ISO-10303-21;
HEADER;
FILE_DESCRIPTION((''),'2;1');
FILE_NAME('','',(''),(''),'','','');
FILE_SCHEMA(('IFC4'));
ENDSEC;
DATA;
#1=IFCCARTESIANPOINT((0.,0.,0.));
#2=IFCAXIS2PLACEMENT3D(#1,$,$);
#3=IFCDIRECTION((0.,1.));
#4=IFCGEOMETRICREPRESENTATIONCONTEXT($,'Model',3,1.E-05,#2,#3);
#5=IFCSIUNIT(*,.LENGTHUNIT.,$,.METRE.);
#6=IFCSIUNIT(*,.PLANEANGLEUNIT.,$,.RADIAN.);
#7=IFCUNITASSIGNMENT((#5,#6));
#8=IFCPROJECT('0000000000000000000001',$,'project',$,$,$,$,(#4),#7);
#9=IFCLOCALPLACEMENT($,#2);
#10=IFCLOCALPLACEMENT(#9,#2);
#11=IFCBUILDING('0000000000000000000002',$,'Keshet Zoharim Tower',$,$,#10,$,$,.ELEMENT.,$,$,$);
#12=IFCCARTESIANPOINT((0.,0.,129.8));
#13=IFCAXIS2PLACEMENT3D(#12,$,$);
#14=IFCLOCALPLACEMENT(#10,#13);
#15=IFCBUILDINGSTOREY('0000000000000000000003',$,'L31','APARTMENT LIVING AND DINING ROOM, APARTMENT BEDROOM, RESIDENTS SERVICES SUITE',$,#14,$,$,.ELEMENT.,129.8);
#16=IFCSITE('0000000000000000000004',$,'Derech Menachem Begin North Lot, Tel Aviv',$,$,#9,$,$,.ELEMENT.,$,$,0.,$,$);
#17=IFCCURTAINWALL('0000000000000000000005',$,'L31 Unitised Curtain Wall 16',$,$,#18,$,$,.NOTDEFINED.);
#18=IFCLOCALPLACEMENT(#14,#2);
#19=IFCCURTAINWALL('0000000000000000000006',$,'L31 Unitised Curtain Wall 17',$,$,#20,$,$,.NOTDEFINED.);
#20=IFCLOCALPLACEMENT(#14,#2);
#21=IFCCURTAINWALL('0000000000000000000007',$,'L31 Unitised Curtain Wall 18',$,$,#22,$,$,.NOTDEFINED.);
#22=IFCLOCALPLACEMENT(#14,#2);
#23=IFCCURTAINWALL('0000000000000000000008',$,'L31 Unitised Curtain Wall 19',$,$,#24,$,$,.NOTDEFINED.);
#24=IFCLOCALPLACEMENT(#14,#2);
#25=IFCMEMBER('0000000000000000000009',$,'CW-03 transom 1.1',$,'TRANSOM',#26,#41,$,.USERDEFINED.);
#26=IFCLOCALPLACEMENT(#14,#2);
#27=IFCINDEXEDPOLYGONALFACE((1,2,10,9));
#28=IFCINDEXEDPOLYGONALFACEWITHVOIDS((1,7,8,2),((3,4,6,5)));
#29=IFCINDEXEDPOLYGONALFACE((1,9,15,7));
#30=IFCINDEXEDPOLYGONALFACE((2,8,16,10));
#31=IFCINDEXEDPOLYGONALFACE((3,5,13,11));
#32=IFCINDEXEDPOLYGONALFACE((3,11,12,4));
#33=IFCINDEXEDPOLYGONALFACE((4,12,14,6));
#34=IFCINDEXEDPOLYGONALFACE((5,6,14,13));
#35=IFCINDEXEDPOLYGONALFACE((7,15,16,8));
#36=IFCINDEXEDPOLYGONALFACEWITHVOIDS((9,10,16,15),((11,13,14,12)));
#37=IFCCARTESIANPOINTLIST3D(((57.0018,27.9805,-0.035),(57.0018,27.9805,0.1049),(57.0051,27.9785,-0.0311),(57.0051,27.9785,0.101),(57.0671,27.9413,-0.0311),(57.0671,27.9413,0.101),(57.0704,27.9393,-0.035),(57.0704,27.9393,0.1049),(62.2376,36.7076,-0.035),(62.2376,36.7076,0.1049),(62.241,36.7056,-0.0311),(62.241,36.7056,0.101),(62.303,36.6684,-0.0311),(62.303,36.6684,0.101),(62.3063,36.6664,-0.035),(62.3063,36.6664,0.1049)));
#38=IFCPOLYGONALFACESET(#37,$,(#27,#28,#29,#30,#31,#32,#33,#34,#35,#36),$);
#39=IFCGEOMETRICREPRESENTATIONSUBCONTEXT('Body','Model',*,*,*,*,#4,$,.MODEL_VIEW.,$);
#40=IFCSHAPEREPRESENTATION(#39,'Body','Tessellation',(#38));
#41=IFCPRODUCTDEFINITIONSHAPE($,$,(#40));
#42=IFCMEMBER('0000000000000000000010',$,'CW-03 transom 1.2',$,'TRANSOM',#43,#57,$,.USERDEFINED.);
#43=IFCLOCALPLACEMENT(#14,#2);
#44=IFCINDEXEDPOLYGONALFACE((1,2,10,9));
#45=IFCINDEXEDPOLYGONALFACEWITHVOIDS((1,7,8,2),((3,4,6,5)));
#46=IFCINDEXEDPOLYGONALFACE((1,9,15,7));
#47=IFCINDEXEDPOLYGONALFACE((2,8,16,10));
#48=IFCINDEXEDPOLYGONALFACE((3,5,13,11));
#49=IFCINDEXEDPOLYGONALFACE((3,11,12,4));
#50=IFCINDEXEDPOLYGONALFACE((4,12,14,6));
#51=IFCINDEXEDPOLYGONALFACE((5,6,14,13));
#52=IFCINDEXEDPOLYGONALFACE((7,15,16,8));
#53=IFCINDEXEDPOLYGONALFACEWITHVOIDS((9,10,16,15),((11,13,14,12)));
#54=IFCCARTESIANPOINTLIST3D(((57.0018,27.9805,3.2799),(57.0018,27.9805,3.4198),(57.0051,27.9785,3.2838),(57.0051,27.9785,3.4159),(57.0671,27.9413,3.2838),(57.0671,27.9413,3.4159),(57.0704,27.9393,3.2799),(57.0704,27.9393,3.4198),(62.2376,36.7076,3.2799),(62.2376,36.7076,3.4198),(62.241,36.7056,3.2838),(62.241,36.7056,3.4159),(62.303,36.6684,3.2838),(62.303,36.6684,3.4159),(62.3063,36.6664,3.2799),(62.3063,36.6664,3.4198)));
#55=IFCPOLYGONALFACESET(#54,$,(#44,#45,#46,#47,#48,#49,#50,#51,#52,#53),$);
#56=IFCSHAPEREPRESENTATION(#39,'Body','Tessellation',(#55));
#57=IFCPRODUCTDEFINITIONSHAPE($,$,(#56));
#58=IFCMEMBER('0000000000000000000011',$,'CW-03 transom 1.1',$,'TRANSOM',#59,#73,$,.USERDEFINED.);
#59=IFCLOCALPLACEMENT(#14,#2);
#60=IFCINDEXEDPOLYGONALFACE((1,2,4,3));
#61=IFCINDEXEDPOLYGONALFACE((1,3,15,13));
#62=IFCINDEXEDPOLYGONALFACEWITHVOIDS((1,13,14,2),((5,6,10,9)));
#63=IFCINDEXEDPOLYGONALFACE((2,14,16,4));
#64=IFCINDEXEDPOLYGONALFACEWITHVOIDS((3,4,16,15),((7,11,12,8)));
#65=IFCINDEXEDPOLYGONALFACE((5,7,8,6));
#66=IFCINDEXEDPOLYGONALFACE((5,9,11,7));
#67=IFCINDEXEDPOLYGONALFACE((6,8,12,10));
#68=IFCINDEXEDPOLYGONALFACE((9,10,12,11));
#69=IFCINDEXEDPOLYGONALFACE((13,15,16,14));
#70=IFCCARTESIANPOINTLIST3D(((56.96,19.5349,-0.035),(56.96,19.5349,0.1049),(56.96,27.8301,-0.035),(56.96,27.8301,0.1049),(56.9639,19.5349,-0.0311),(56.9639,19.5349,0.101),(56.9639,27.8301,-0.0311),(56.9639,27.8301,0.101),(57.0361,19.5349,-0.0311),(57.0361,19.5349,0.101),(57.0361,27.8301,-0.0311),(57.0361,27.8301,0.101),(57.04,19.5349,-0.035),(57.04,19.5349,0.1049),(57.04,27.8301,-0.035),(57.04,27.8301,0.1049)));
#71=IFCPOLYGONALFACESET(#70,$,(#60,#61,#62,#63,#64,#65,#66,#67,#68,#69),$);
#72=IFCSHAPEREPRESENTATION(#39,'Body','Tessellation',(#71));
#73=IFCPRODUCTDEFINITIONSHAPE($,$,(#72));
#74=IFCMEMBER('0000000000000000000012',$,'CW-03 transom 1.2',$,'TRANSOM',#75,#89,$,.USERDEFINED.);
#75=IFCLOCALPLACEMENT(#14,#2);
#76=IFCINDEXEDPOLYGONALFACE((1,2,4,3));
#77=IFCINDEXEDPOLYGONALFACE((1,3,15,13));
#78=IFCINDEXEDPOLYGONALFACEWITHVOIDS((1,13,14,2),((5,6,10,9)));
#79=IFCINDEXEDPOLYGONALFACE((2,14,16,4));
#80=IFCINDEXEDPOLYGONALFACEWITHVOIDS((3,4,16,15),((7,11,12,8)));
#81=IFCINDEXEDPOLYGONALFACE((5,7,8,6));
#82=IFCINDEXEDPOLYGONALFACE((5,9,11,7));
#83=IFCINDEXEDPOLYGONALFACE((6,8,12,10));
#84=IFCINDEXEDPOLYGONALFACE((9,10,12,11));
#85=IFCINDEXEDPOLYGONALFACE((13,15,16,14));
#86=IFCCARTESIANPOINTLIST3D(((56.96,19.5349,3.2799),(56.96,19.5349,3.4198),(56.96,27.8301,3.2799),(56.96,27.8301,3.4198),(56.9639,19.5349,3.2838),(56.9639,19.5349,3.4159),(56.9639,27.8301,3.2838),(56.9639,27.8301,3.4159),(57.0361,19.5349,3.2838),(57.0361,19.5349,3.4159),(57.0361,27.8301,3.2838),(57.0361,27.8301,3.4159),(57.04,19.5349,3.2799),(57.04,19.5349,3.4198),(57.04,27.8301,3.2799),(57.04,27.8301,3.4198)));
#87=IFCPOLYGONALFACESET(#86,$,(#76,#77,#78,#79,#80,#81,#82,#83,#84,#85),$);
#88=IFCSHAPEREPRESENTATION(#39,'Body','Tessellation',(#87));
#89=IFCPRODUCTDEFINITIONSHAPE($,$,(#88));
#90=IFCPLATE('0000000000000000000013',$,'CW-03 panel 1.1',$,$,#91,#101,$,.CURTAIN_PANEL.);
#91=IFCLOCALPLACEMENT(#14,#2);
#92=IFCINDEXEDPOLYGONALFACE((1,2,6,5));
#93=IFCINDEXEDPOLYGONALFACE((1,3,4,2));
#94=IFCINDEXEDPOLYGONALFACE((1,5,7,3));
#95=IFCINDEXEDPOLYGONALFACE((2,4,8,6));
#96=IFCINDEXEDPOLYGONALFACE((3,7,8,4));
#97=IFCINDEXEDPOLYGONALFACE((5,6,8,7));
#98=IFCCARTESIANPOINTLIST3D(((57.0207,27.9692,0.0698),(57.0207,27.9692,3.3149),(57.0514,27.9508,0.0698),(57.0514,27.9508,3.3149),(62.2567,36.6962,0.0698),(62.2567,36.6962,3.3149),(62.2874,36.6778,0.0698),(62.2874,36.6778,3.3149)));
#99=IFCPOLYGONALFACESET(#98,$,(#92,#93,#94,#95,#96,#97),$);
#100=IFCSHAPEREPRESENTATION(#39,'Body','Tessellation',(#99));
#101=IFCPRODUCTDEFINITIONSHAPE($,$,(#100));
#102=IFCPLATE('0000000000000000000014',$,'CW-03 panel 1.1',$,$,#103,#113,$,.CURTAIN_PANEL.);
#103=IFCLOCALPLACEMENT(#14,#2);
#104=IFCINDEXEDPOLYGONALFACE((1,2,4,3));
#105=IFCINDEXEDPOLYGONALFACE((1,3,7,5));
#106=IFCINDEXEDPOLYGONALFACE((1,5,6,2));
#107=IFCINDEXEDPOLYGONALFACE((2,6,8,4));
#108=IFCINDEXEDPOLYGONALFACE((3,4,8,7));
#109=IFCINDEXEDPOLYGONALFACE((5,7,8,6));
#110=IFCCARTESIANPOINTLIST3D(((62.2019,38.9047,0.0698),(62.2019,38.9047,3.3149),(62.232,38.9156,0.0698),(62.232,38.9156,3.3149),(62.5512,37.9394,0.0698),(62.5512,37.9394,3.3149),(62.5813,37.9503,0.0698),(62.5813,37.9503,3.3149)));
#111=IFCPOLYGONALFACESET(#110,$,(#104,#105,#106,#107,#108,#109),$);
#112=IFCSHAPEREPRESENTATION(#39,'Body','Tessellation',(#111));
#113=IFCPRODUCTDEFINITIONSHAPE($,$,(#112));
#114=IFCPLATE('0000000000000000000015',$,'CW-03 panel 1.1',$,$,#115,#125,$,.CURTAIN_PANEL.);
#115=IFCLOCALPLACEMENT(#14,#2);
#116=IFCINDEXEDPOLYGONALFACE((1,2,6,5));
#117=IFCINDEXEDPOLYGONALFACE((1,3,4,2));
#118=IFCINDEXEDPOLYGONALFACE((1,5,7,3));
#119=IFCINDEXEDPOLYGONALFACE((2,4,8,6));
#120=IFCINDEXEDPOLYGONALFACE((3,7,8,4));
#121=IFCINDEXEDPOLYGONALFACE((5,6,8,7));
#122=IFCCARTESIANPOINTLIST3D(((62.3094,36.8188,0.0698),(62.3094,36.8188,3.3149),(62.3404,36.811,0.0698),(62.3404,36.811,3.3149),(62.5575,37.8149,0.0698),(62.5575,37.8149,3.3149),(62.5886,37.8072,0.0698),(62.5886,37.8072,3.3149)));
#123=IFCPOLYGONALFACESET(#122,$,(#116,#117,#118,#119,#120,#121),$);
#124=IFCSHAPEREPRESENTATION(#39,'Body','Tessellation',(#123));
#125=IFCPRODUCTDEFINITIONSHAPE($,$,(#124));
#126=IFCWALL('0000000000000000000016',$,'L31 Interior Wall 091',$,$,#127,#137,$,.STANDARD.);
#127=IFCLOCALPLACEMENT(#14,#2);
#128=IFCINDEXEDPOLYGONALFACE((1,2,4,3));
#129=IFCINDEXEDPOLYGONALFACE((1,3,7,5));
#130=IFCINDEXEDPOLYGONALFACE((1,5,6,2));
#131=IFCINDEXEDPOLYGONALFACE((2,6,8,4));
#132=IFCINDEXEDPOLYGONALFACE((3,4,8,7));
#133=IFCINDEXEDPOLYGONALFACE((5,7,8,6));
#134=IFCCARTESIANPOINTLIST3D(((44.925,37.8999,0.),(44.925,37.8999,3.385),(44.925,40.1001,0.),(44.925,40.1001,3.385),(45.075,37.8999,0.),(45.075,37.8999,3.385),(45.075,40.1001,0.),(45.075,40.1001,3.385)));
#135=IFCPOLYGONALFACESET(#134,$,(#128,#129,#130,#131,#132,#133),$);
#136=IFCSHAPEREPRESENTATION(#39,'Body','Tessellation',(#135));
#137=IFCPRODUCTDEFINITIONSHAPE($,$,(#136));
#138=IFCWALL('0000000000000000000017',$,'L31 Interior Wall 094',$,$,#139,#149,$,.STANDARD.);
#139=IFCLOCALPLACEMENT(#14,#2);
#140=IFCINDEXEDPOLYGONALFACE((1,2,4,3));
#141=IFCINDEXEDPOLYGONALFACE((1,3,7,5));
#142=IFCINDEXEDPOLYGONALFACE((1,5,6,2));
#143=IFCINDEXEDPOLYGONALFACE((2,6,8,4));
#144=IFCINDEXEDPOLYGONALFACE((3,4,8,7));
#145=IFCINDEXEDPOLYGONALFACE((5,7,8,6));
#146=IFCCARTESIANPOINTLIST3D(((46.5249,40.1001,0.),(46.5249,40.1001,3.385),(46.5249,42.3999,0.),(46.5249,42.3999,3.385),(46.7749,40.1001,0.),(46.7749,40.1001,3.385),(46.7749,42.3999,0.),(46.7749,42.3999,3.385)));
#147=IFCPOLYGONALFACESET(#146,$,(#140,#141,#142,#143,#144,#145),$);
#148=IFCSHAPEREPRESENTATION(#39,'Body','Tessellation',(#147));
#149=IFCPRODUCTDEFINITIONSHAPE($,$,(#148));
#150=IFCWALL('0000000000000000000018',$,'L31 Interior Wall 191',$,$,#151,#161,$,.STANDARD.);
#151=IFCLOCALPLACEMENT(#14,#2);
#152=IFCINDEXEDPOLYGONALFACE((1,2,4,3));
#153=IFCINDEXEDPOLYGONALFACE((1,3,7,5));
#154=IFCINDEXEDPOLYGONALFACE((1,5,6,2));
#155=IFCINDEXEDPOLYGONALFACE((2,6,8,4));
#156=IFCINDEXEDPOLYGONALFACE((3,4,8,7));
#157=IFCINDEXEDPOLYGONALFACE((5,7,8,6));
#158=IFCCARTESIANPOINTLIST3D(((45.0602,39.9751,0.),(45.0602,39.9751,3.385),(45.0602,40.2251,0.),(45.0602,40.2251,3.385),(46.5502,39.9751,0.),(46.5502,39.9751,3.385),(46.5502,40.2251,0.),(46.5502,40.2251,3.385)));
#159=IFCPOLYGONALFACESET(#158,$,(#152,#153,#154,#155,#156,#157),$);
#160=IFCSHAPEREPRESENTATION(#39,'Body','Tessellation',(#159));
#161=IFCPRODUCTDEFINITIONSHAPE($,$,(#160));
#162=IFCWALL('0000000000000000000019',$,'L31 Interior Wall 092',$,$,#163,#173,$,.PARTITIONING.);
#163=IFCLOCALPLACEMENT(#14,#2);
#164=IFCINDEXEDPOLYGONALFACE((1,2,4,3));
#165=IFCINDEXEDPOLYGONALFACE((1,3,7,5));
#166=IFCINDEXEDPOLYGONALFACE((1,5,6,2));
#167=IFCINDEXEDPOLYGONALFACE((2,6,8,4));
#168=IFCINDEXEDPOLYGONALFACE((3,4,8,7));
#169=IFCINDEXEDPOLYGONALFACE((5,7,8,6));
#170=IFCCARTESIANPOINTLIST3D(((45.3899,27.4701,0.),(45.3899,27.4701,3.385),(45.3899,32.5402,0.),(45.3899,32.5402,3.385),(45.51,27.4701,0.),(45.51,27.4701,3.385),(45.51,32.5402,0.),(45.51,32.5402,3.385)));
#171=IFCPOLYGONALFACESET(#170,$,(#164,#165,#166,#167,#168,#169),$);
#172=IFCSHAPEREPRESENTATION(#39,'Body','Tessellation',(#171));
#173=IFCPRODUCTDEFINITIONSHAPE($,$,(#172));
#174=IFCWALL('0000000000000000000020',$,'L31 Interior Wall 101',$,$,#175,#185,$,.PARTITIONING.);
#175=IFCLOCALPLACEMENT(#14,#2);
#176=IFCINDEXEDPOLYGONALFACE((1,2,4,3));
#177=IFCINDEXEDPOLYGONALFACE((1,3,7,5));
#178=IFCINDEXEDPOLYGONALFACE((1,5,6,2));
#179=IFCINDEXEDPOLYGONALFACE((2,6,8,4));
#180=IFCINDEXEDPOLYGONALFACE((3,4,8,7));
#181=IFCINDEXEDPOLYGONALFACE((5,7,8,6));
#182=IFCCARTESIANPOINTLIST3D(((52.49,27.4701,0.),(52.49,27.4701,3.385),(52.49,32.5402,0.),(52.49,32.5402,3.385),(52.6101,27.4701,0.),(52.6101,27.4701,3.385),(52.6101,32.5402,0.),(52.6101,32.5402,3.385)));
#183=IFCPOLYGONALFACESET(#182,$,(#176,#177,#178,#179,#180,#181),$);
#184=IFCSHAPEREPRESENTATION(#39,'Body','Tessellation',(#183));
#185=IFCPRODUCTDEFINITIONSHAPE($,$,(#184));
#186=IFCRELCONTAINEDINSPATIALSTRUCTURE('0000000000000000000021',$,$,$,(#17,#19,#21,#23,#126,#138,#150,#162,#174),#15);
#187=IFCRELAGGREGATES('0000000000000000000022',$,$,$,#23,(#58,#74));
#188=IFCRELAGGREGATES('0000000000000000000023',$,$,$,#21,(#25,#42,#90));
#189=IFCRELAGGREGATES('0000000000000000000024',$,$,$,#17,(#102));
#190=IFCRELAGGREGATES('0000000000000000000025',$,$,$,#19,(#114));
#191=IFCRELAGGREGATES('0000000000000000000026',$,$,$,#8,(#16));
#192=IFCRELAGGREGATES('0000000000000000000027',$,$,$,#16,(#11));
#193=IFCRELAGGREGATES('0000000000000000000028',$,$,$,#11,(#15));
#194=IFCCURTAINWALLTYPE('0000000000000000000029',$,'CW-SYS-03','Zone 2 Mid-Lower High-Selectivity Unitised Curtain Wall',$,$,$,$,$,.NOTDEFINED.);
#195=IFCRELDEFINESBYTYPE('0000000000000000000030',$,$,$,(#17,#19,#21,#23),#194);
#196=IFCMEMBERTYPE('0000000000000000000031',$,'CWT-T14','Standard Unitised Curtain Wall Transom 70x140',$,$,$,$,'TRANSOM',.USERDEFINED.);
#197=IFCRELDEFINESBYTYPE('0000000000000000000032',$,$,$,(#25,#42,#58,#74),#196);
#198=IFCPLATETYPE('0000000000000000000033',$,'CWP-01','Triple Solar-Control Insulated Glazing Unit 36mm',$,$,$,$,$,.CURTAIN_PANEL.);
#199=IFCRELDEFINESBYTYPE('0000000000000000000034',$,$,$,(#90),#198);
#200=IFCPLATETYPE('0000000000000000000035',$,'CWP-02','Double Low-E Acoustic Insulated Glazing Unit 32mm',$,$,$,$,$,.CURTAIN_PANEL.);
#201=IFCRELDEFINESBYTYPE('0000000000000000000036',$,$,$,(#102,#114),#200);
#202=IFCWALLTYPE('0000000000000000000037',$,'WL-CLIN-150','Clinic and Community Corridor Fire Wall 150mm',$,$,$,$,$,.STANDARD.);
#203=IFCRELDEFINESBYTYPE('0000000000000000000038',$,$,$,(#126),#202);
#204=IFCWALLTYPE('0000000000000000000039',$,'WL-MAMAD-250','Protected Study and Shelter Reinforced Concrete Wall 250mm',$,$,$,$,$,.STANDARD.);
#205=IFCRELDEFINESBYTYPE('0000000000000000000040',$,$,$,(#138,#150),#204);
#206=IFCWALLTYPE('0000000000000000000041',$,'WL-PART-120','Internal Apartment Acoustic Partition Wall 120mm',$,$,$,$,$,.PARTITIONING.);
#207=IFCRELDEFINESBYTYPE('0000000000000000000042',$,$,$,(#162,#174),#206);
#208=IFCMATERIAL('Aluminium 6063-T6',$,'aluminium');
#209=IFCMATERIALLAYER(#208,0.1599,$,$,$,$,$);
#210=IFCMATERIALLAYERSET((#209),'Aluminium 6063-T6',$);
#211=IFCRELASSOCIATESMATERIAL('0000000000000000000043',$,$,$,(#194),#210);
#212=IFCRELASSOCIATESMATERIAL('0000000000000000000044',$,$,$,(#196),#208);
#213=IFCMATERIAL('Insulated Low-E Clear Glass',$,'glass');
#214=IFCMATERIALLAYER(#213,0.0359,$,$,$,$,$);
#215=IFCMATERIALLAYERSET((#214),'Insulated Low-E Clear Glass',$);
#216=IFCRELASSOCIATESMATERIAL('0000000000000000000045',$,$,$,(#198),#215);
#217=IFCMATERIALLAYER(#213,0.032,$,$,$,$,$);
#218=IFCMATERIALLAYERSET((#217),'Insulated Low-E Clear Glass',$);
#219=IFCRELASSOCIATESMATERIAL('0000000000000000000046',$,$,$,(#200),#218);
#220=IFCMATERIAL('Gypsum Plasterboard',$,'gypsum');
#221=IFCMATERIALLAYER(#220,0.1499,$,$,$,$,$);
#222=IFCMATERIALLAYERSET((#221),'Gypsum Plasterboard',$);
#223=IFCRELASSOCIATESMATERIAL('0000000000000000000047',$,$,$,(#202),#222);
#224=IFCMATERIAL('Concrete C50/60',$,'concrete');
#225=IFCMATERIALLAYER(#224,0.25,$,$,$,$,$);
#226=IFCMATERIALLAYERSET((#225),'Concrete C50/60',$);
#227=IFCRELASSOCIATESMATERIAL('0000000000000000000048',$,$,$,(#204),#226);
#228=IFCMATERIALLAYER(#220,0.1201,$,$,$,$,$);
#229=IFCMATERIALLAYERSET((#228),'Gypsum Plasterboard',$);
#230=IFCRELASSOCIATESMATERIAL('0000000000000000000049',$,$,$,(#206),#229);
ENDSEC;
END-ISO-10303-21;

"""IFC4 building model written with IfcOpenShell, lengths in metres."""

from ifc_helpers import new_model, si_unit, direction, frame, frame_2d, origin, origin_2d, place, context, subcontext, project, spatial, rectangle, hollow_rectangle, extrude, material, layer, layer_set, material_profile, profile_set, type_object, element, aggregate, save


model = new_model("IFC4")

# Units and contexts
model_context = context("Model", 3, precision=1e-05, world=origin(), true_north=direction((0.0, 1.0)))
body_context = subcontext(model_context, "Body", "Model", "MODEL_VIEW")
ifc_project = project(units=[si_unit("LENGTHUNIT", "METRE"), si_unit("PLANEANGLEUNIT", "RADIAN")], contexts=[model_context])

# Site, building, storey
site_placement = place(None, origin())
site = spatial("IfcSite", under=ifc_project, at=site_placement, Name="Derech Menachem Begin North Lot, Tel Aviv", CompositionType="ELEMENT", RefElevation=0.0)
building_placement = place(site_placement, origin())
building = spatial("IfcBuilding", under=site, at=building_placement, Name="Keshet Zoharim Tower", CompositionType="ELEMENT")
storey_placement = place(building_placement, frame((0.0, 0.0, 129.8)))
storey = spatial("IfcBuildingStorey", under=building, at=storey_placement, Name="L31", Description="APARTMENT LIVING AND DINING ROOM, APARTMENT BEDROOM, RESIDENTS SERVICES SUITE", CompositionType="ELEMENT", Elevation=129.8)

# Shared definitions
ifc_material_1 = material(Name="Aluminium 6063-T6", Category="aluminium")
ifc_layer_1 = layer(ifc_material_1, 0.1599)
ifc_layer_set_1 = layer_set([ifc_layer_1], Name="Aluminium 6063-T6")
curtain_wall_type = type_object("IfcCurtainWallType", Name="CW-SYS-03", Description="Zone 2 Mid-Lower High-Selectivity Unitised Curtain Wall", PredefinedType="NOTDEFINED", material=ifc_layer_set_1)

# Curtain walls
curtain_wall_1_placement = place(storey_placement, origin())
curtain_wall_1 = element("IfcCurtainWall", 1, at=curtain_wall_1_placement, inside=storey, type_object=curtain_wall_type, Name="L31 Unitised Curtain Wall 16", PredefinedType="NOTDEFINED")
curtain_wall_2_placement = place(storey_placement, origin())
curtain_wall_2 = element("IfcCurtainWall", 2, at=curtain_wall_2_placement, inside=storey, type_object=curtain_wall_type, Name="L31 Unitised Curtain Wall 17", PredefinedType="NOTDEFINED")
curtain_wall_3_placement = place(storey_placement, origin())
curtain_wall_3 = element("IfcCurtainWall", 3, at=curtain_wall_3_placement, inside=storey, type_object=curtain_wall_type, Name="L31 Unitised Curtain Wall 18", PredefinedType="NOTDEFINED")

# Curtain wall
curtain_wall_4_placement = place(storey_placement, origin())
curtain_wall_4 = element("IfcCurtainWall", 4, at=curtain_wall_4_placement, inside=storey, type_object=curtain_wall_type, Name="L31 Unitised Curtain Wall 19", PredefinedType="NOTDEFINED")

# Members
ifc_material_profile_1 = material_profile(ifc_material_1, hollow_rectangle(XDim=0.0801, YDim=0.1399, WallThickness=0.0039, at=origin_2d()), Name="TRN-80x140")
ifc_profile_set_1 = profile_set([ifc_material_profile_1], Name="Aluminium 6063-T6")
member_type_1 = type_object("IfcMemberType", Name="CWT-T14", Description="Standard Unitised Curtain Wall Transom 70x140", ElementType="TRANSOM", PredefinedType="USERDEFINED", material=ifc_profile_set_1)
member_1_placement = place(storey_placement, frame((62.272, 36.687, 0.0349), z_axis=(-0.514468, -0.85751, 0.0), x_axis=(0.85751, -0.514468, 0.0)))
member_1 = element("IfcMember", 5, at=member_1_placement, type_object=member_type_1, Name="CW-03 transom 1.1", ObjectType="TRANSOM", PredefinedType="USERDEFINED", context=body_context, shape_type="SweptSolid", body=[
    extrude(hollow_rectangle(XDim=0.0801, YDim=0.1399, WallThickness=0.0039, at=origin_2d()), origin(), (0.0, 0.0, 1.0), 10.1772),
])
member_2_placement = place(storey_placement, frame((62.272, 36.687, 3.3499), z_axis=(-0.514468, -0.85751, 0.0), x_axis=(0.85751, -0.514468, 0.0)))
member_2 = element("IfcMember", 6, at=member_2_placement, type_object=member_type_1, Name="CW-03 transom 1.2", ObjectType="TRANSOM", PredefinedType="USERDEFINED", context=body_context, shape_type="SweptSolid", body=[
    extrude(hollow_rectangle(XDim=0.0801, YDim=0.1399, WallThickness=0.0039, at=origin_2d()), origin(), (0.0, 0.0, 1.0), 10.1772),
])
member_3_placement = place(storey_placement, frame((57.0, 27.8301, 0.0349), z_axis=(0.0, -1.0, 0.0), x_axis=(1.0, 0.0, 0.0)))
member_3 = element("IfcMember", 7, at=member_3_placement, type_object=member_type_1, Name="CW-03 transom 1.1", ObjectType="TRANSOM", PredefinedType="USERDEFINED", context=body_context, shape_type="SweptSolid", body=[
    extrude(hollow_rectangle(XDim=0.0801, YDim=0.1399, WallThickness=0.0039, at=origin_2d()), origin(), (0.0, 0.0, 1.0), 8.2952),
])
member_4_placement = place(storey_placement, frame((57.0, 27.8301, 3.3499), z_axis=(0.0, -1.0, 0.0), x_axis=(1.0, 0.0, 0.0)))
member_4 = element("IfcMember", 8, at=member_4_placement, type_object=member_type_1, Name="CW-03 transom 1.2", ObjectType="TRANSOM", PredefinedType="USERDEFINED", context=body_context, shape_type="SweptSolid", body=[
    extrude(hollow_rectangle(XDim=0.0801, YDim=0.1399, WallThickness=0.0039, at=origin_2d()), origin(), (0.0, 0.0, 1.0), 8.2952),
])
aggregate(curtain_wall_4, [member_3, member_4])

# Plates
ifc_material_2 = material(Name="Insulated Low-E Clear Glass", Category="glass")
ifc_layer_2 = layer(ifc_material_2, 0.0359)
ifc_layer_set_2 = layer_set([ifc_layer_2], Name="Insulated Low-E Clear Glass")
plate_type_1 = type_object("IfcPlateType", Name="CWP-01", Description="Triple Solar-Control Insulated Glazing Unit 36mm", PredefinedType="CURTAIN_PANEL", material=ifc_layer_set_2)
plate_1_placement = place(storey_placement, frame((59.6541, 32.3235, 0.0698), z_axis=(0.0, 0.0, 1.0), x_axis=(-0.514482, -0.857501, 0.0)))
plate_1 = element("IfcPlate", 9, at=plate_1_placement, type_object=plate_type_1, Name="CW-03 panel 1.1", PredefinedType="CURTAIN_PANEL", context=body_context, shape_type="SweptSolid", body=[
    extrude(rectangle(XDim=10.1772, YDim=0.0359, at=origin_2d()), origin(), (0.0, 0.0, 1.0), 3.2451),
])
aggregate(curtain_wall_3, [member_1, member_2, plate_1])
ifc_layer_3 = layer(ifc_material_2, 0.032)
ifc_layer_set_3 = layer_set([ifc_layer_3], Name="Insulated Low-E Clear Glass")
plate_type_2 = type_object("IfcPlateType", Name="CWP-02", Description="Double Low-E Acoustic Insulated Glazing Unit 32mm", PredefinedType="CURTAIN_PANEL", material=ifc_layer_set_3)
plate_2_placement = place(storey_placement, frame((62.3916, 38.4275, 0.0698), z_axis=(0.0, 0.0, 1.0), x_axis=(0.340297, -0.940318, 0.0)))
plate_2 = element("IfcPlate", 10, at=plate_2_placement, type_object=plate_type_2, Name="CW-03 panel 1.1", PredefinedType="CURTAIN_PANEL", context=body_context, shape_type="SweptSolid", body=[
    extrude(rectangle(XDim=1.0266, YDim=0.032, at=origin_2d()), origin(), (0.0, 0.0, 1.0), 3.2451),
])
aggregate(curtain_wall_1, [plate_2])
plate_3_placement = place(storey_placement, frame((62.449, 37.313, 0.0698), z_axis=(0.0, 0.0, 1.0), x_axis=(-0.241729, -0.970344, 0.0)))
plate_3 = element("IfcPlate", 11, at=plate_3_placement, type_object=plate_type_2, Name="CW-03 panel 1.1", PredefinedType="CURTAIN_PANEL", context=body_context, shape_type="SweptSolid", body=[
    extrude(rectangle(XDim=1.0266, YDim=0.032, at=origin_2d()), origin(), (0.0, 0.0, 1.0), 3.2451),
])
aggregate(curtain_wall_2, [plate_3])

# Walls
ifc_material_3 = material(Name="Gypsum Plasterboard", Category="gypsum")
ifc_layer_4 = layer(ifc_material_3, 0.1499)
ifc_layer_set_4 = layer_set([ifc_layer_4], Name="Gypsum Plasterboard")
wall_type_1 = type_object("IfcWallType", Name="WL-CLIN-150", Description="Clinic and Community Corridor Fire Wall 150mm", PredefinedType="STANDARD", material=ifc_layer_set_4)
wall_1_placement = place(storey_placement, frame((45.0, 37.8999, 0.0), z_axis=(0.0, 0.0, 1.0), x_axis=(0.0, 1.0, 0.0)))
element("IfcWall", 12, at=wall_1_placement, inside=storey, type_object=wall_type_1, Name="L31 Interior Wall 091", PredefinedType="STANDARD", context=body_context, shape_type="SweptSolid", body=[
    extrude(rectangle(XDim=2.2002, YDim=0.1499, at=frame_2d((1.1001, 0.0))), origin(), (0.0, 0.0, 1.0), 3.385),
])
ifc_material_4 = material(Name="Concrete C50/60", Category="concrete")
ifc_layer_5 = layer(ifc_material_4, 0.25)
ifc_layer_set_5 = layer_set([ifc_layer_5], Name="Concrete C50/60")
wall_type_2 = type_object("IfcWallType", Name="WL-MAMAD-250", Description="Protected Study and Shelter Reinforced Concrete Wall 250mm", PredefinedType="STANDARD", material=ifc_layer_set_5)
wall_2_placement = place(storey_placement, frame((46.6499, 40.1001, 0.0), z_axis=(0.0, 0.0, 1.0), x_axis=(0.0, 1.0, 0.0)))
element("IfcWall", 13, at=wall_2_placement, inside=storey, type_object=wall_type_2, Name="L31 Interior Wall 094", PredefinedType="STANDARD", context=body_context, shape_type="SweptSolid", body=[
    extrude(rectangle(XDim=2.2998, YDim=0.25, at=frame_2d((1.1499, 0.0))), origin(), (0.0, 0.0, 1.0), 3.385),
])
wall_3_placement = place(storey_placement, frame((45.0601, 40.1001, 0.0), z_axis=(0.0, 0.0, 1.0), x_axis=(1.0, 0.0, 0.0)))
element("IfcWall", 14, at=wall_3_placement, inside=storey, type_object=wall_type_2, Name="L31 Interior Wall 191", PredefinedType="STANDARD", context=body_context, shape_type="SweptSolid", body=[
    extrude(rectangle(XDim=1.49, YDim=0.25, at=frame_2d((0.7451, 0.0))), origin(), (0.0, 0.0, 1.0), 3.385),
])
ifc_layer_6 = layer(ifc_material_3, 0.1201)
ifc_layer_set_6 = layer_set([ifc_layer_6], Name="Gypsum Plasterboard")
wall_type_3 = type_object("IfcWallType", Name="WL-PART-120", Description="Internal Apartment Acoustic Partition Wall 120mm", PredefinedType="PARTITIONING", material=ifc_layer_set_6)
for number, where, z_axis, x_axis, name in (
    (15, (45.45, 27.47, 0.0), (0.0, 0.0, 1.0), (0.0, 1.0, 0.0), "L31 Interior Wall 092"),
    (16, (52.55, 27.47, 0.0), (0.0, 0.0, 1.0), (0.0, 1.0, 0.0), "L31 Interior Wall 101"),
):
    element("IfcWall", number, at=place(storey_placement, frame(where, z_axis=z_axis, x_axis=x_axis)), inside=storey, type_object=wall_type_3, Name=name, PredefinedType="PARTITIONING", context=body_context, shape_type="SweptSolid", body=[
        extrude(rectangle(XDim=5.0701, YDim=0.1201, at=frame_2d((2.5352, 0.0))), origin(), (0.0, 0.0, 1.0), 3.385),
    ])

save(model, "model.ifc")
